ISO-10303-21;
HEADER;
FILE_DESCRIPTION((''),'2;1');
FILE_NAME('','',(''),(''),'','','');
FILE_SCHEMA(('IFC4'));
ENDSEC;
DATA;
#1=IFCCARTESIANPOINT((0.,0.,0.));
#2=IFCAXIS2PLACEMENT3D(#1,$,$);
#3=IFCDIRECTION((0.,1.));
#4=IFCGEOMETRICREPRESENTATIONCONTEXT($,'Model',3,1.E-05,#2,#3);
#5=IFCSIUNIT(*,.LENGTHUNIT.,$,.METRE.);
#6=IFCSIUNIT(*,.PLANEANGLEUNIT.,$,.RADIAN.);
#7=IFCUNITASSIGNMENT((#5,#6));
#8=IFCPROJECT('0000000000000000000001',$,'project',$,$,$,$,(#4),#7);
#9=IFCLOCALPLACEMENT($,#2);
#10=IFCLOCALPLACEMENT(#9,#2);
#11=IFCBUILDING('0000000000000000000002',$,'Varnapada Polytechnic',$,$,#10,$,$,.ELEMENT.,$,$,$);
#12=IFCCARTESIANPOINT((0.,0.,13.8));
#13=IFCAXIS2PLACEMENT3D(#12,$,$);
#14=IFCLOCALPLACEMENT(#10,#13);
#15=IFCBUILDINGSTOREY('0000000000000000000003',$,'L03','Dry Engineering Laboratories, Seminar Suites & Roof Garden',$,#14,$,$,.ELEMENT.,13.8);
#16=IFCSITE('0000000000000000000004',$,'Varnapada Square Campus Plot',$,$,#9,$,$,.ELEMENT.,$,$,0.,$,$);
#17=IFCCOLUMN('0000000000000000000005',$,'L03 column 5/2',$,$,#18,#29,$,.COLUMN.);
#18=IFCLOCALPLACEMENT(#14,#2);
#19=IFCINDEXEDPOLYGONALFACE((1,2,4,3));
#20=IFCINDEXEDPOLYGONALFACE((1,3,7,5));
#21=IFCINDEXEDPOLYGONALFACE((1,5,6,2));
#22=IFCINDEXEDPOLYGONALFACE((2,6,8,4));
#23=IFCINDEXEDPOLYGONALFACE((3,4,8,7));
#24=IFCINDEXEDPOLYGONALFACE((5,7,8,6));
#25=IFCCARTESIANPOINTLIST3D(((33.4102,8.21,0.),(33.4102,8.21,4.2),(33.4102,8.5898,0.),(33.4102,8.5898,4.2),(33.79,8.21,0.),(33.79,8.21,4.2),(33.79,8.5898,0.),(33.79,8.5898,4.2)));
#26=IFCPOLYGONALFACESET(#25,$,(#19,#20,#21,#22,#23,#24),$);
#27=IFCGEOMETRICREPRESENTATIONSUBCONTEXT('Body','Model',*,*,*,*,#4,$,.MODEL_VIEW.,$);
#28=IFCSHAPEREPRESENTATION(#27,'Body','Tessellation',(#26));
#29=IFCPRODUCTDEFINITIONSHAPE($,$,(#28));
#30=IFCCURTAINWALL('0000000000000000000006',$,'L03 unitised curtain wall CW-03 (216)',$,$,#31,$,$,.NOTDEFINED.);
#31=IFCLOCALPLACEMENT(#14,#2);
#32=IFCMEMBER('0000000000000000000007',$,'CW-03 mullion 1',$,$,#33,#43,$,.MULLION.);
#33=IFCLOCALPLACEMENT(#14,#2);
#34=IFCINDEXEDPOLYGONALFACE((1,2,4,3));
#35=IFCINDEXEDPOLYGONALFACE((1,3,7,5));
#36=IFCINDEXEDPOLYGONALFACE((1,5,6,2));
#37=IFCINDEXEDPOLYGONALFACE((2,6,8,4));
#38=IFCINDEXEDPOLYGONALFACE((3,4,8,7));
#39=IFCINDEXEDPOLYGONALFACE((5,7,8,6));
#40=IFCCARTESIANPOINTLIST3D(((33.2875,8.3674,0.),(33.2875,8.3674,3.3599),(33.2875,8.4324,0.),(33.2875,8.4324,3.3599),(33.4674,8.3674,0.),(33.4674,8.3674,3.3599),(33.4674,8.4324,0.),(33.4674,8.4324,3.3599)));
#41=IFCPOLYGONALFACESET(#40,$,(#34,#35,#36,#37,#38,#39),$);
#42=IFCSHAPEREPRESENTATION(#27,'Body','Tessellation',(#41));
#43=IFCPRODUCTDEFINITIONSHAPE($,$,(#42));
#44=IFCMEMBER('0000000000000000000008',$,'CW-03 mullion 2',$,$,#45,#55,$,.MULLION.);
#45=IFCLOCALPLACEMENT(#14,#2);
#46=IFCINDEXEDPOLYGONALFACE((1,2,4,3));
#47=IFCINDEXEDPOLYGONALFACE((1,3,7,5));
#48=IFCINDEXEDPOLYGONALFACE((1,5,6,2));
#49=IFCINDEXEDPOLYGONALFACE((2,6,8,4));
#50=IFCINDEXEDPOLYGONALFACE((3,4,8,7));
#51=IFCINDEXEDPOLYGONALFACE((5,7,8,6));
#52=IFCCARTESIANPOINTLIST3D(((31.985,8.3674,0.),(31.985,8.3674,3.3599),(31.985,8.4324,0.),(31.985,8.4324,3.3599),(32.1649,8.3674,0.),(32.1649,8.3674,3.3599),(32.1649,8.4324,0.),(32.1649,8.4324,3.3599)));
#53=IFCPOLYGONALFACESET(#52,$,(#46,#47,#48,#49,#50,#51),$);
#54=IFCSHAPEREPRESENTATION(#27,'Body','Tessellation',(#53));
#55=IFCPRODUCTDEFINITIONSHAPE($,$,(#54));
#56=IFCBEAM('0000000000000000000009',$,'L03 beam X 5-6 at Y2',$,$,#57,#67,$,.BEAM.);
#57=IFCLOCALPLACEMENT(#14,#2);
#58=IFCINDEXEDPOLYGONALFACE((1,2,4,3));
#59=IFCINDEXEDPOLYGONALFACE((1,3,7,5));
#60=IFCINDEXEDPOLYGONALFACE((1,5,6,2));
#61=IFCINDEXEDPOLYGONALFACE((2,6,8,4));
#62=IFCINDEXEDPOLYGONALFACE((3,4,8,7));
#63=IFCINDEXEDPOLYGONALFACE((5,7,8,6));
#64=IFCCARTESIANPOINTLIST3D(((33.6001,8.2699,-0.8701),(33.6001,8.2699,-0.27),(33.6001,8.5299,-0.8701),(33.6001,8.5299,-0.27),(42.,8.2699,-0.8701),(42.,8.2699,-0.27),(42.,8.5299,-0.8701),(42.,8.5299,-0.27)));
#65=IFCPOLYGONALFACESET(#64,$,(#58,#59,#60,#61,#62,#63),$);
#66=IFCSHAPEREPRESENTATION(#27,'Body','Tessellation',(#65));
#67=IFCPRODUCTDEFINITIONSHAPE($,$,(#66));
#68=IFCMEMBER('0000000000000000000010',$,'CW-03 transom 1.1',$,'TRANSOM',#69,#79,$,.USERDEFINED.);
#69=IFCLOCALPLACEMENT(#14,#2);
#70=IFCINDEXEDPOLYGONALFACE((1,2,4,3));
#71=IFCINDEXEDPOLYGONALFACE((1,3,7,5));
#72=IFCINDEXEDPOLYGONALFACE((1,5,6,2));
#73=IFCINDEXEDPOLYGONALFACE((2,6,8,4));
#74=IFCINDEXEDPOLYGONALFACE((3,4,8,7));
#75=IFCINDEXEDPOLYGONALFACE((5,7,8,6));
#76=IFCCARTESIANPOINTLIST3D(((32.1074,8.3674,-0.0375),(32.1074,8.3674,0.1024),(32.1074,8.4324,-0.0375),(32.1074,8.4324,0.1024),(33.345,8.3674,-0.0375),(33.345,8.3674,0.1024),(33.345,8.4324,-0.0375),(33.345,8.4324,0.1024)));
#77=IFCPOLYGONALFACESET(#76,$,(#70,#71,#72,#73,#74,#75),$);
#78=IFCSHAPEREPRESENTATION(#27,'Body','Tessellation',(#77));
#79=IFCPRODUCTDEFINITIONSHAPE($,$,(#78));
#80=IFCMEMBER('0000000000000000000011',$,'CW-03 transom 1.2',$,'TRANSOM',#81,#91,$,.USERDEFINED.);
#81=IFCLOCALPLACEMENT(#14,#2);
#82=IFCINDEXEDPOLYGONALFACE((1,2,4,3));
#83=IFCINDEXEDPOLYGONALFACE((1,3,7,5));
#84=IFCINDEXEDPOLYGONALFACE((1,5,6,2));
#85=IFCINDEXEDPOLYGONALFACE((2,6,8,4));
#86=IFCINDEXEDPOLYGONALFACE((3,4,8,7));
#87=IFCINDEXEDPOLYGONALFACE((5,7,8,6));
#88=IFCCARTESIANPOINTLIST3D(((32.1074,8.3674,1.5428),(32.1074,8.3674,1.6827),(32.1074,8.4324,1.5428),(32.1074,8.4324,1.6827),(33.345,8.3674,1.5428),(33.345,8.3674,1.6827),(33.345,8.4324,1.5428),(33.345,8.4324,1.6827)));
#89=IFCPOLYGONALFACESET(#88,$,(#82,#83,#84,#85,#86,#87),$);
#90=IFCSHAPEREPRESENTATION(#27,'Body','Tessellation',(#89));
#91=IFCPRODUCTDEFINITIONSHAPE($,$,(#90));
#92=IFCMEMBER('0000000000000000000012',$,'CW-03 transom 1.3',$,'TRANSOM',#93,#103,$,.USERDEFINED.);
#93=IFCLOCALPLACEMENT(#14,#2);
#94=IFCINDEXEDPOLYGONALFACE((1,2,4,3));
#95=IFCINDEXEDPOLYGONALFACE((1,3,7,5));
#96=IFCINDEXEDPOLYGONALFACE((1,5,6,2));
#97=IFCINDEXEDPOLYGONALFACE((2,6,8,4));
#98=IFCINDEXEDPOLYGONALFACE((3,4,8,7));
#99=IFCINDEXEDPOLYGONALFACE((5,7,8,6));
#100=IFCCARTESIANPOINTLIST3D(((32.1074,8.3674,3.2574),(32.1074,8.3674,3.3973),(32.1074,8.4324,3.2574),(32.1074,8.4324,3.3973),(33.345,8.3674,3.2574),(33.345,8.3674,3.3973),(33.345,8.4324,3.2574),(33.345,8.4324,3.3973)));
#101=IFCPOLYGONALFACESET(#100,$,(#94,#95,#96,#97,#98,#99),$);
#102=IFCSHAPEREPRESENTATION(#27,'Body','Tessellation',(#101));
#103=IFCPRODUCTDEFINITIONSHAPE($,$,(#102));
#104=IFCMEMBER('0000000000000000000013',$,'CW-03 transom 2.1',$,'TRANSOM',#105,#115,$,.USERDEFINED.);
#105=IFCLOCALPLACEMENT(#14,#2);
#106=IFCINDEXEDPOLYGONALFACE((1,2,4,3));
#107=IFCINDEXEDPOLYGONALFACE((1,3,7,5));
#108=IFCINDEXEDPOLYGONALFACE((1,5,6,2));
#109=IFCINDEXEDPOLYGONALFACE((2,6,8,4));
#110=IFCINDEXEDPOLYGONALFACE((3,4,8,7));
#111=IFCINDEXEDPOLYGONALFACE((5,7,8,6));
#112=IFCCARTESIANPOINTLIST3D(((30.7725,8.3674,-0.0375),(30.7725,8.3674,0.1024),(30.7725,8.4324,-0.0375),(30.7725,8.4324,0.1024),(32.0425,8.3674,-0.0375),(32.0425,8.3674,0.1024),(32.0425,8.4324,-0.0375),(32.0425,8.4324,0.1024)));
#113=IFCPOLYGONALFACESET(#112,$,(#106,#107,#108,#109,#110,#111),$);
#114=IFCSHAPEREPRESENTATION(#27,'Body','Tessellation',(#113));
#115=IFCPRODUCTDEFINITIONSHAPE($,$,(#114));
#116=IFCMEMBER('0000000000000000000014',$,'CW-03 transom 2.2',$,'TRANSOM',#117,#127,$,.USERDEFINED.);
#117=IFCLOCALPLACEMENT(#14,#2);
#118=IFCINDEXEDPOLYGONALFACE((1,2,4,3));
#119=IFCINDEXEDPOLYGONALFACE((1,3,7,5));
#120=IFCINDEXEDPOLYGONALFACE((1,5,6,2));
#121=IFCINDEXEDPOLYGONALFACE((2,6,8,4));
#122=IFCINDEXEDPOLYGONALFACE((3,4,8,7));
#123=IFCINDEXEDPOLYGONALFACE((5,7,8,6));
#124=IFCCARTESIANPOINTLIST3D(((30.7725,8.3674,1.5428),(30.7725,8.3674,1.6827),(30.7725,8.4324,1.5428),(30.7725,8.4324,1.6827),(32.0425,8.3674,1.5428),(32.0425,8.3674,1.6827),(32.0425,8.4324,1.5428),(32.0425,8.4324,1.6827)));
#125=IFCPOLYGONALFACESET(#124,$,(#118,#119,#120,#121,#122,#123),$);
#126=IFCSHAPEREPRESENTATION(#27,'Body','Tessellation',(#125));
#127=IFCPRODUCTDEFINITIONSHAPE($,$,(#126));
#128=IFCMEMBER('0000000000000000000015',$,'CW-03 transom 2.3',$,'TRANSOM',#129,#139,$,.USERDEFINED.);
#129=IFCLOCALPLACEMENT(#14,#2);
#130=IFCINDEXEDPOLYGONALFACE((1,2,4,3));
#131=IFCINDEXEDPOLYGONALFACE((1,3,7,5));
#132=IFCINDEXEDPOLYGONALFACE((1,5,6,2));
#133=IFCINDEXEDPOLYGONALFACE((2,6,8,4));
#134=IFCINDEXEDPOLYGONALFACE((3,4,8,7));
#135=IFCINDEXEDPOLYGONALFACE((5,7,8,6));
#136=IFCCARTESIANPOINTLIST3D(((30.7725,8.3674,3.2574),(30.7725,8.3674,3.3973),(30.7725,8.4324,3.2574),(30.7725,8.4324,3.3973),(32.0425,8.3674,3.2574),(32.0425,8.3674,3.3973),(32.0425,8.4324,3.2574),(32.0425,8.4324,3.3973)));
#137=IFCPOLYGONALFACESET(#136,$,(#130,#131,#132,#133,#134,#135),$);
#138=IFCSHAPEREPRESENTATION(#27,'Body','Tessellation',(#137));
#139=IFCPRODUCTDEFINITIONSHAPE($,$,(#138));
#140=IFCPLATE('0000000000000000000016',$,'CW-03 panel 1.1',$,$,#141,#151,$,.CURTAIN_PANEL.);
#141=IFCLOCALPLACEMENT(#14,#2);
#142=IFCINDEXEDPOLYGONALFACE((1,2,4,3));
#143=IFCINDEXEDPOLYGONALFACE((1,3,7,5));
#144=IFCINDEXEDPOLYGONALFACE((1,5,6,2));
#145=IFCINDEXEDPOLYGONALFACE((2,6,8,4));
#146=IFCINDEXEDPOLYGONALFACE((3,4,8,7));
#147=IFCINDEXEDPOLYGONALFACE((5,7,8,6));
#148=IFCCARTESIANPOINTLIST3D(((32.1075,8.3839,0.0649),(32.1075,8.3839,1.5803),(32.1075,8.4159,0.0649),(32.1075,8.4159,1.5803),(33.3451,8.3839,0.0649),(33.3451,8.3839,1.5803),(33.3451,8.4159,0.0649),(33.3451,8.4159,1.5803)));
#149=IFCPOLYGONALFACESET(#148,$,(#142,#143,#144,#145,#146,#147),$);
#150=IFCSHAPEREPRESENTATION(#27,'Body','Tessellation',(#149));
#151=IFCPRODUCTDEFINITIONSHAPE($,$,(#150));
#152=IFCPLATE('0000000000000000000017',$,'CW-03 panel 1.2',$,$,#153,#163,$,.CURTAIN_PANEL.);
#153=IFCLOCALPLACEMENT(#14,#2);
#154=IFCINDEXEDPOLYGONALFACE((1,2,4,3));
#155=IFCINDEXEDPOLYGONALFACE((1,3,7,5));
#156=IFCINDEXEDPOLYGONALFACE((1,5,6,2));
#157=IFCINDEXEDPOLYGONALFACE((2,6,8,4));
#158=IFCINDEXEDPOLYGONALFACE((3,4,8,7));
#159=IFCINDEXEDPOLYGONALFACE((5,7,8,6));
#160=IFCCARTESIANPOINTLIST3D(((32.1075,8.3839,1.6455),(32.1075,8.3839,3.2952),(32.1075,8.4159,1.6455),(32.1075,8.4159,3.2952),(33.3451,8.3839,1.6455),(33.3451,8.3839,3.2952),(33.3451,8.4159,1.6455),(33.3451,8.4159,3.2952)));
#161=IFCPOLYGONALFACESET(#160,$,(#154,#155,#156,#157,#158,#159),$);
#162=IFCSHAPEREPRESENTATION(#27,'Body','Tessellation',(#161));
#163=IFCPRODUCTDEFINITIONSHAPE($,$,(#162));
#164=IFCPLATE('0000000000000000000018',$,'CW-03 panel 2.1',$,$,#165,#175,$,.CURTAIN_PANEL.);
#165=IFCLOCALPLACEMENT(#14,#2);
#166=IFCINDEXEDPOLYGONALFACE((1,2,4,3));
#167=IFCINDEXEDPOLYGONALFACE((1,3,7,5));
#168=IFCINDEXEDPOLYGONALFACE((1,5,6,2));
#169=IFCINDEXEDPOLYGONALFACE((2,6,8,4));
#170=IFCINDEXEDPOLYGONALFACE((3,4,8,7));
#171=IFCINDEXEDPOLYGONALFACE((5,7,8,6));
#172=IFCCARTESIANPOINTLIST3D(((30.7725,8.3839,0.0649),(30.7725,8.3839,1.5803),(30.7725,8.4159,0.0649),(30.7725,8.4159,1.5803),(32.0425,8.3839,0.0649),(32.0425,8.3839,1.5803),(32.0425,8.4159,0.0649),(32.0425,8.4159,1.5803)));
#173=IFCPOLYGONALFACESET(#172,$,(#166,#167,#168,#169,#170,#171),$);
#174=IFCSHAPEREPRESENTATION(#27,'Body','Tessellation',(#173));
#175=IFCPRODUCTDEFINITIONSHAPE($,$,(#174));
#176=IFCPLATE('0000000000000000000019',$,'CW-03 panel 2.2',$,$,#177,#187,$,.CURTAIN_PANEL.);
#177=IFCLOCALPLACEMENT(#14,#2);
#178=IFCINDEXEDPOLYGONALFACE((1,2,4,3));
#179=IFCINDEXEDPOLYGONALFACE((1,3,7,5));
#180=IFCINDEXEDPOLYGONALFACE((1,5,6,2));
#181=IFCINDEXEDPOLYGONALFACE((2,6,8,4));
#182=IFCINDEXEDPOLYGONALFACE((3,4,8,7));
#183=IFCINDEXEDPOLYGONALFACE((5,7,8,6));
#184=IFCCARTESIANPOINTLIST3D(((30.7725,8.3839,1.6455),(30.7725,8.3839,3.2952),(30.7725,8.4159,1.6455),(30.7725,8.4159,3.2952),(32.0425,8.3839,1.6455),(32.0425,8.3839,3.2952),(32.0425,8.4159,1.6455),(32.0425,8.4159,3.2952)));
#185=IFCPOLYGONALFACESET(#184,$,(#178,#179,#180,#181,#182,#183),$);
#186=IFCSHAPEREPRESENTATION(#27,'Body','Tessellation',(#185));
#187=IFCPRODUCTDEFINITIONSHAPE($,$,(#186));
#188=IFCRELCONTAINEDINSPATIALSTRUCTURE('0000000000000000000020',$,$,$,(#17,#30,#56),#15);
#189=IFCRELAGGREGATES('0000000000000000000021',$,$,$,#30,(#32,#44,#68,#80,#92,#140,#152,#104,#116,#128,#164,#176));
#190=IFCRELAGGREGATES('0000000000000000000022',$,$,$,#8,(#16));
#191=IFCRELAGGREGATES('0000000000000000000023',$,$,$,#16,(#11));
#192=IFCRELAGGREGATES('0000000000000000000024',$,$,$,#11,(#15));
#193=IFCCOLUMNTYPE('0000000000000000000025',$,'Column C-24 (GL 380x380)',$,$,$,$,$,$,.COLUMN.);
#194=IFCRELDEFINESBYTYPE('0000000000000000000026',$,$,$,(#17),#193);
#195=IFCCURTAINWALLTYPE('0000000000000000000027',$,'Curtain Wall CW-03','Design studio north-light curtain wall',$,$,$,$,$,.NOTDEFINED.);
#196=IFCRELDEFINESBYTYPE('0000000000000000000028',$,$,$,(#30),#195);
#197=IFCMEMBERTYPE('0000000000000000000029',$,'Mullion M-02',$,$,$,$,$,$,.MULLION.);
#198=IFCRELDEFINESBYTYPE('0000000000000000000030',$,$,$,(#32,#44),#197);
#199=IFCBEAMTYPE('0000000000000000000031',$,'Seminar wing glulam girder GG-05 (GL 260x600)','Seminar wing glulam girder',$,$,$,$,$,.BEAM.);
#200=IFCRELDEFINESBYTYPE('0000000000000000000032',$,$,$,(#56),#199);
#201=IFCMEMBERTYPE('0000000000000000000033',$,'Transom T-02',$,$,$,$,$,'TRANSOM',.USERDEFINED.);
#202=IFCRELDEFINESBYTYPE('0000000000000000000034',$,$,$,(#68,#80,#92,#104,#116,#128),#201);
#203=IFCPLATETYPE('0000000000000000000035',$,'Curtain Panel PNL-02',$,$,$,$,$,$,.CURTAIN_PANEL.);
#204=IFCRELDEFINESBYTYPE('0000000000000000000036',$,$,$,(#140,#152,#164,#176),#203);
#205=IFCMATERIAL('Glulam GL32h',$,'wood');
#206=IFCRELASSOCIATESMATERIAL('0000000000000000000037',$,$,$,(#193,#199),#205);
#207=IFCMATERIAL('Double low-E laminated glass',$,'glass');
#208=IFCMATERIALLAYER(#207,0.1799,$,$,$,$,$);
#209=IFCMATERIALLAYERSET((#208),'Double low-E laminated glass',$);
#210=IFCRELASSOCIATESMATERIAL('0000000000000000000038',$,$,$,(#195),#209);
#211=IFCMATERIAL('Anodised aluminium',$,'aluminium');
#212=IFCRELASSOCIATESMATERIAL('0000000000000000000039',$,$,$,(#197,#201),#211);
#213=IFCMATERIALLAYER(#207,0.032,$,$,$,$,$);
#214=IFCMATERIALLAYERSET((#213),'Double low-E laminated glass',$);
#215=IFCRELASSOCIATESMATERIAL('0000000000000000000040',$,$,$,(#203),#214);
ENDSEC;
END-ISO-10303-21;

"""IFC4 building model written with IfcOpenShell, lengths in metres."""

from ifc_helpers import new_model, si_unit, direction, frame, origin, origin_2d, place, context, subcontext, project, spatial, rectangle, extrude, material, layer, layer_set, material_profile, profile_set, type_object, element, aggregate, save


model = new_model("IFC4")

# Units and contexts
model_context = context("Model", 3, precision=1e-05, world=origin(), true_north=direction((0.0, 1.0)))
body_context = subcontext(model_context, "Body", "Model", "MODEL_VIEW")
ifc_project = project(units=[si_unit("LENGTHUNIT", "METRE"), si_unit("PLANEANGLEUNIT", "RADIAN")], contexts=[model_context])

# Site, building, storey
site_placement = place(None, origin())
site = spatial("IfcSite", under=ifc_project, at=site_placement, Name="Varnapada Square Campus Plot", CompositionType="ELEMENT", RefElevation=0.0)
building_placement = place(site_placement, origin())
building = spatial("IfcBuilding", under=site, at=building_placement, Name="Varnapada Polytechnic", CompositionType="ELEMENT")
storey_placement = place(building_placement, frame((0.0, 0.0, 13.8)))
storey = spatial("IfcBuildingStorey", under=building, at=storey_placement, Name="L03", Description="Dry Engineering Laboratories, Seminar Suites & Roof Garden", CompositionType="ELEMENT", Elevation=13.8)

# Column
ifc_material_1 = material(Name="Glulam GL32h", Category="wood")
ifc_material_profile_1 = material_profile(ifc_material_1, rectangle(XDim=0.3799, YDim=0.3799, at=origin_2d()), Name="GL 380x380")
ifc_profile_set_1 = profile_set([ifc_material_profile_1], Name="Glulam GL32h")
column_type = type_object("IfcColumnType", Name="Column C-24 (GL 380x380)", PredefinedType="COLUMN", material=ifc_profile_set_1)
column_placement = place(storey_placement, frame((33.6001, 8.3999, 0.0), z_axis=(0.0, 0.0, 1.0), x_axis=(1.0, 0.0, 0.0)))
element("IfcColumn", 1, at=column_placement, inside=storey, type_object=column_type, Name="L03 column 5/2", PredefinedType="COLUMN", context=body_context, shape_type="SweptSolid", body=[
    extrude(rectangle(XDim=0.3799, YDim=0.3799, at=origin_2d()), origin(), (0.0, 0.0, 1.0), 4.2),
])

# Curtain wall, members
ifc_material_2 = material(Name="Double low-E laminated glass", Category="glass")
ifc_layer_1 = layer(ifc_material_2, 0.1799)
ifc_layer_set_1 = layer_set([ifc_layer_1], Name="Double low-E laminated glass")
curtain_wall_type = type_object("IfcCurtainWallType", Name="Curtain Wall CW-03", Description="Design studio north-light curtain wall", PredefinedType="NOTDEFINED", material=ifc_layer_set_1)
curtain_wall_placement = place(storey_placement, origin())
curtain_wall = element("IfcCurtainWall", 2, at=curtain_wall_placement, inside=storey, type_object=curtain_wall_type, Name="L03 unitised curtain wall CW-03 (216)", PredefinedType="NOTDEFINED")
ifc_material_3 = material(Name="Anodised aluminium", Category="aluminium")
ifc_material_profile_2 = material_profile(ifc_material_3, rectangle(XDim=0.0649, YDim=0.1799, at=origin_2d()), Name="ALU M65x180")
ifc_profile_set_2 = profile_set([ifc_material_profile_2], Name="Anodised aluminium")
member_type_1 = type_object("IfcMemberType", Name="Mullion M-02", PredefinedType="MULLION", material=ifc_profile_set_2)
member_1_placement = place(storey_placement, frame((33.3774, 8.3999, 0.0), z_axis=(0.0, 0.0, 1.0), x_axis=(0.0, -1.0, 0.0)))
member_1 = element("IfcMember", 3, at=member_1_placement, type_object=member_type_1, Name="CW-03 mullion 1", PredefinedType="MULLION", context=body_context, shape_type="SweptSolid", body=[
    extrude(rectangle(XDim=0.0649, YDim=0.1799, at=origin_2d()), origin(), (0.0, 0.0, 1.0), 3.3599),
])
member_2_placement = place(storey_placement, frame((32.075, 8.3999, 0.0), z_axis=(0.0, 0.0, 1.0), x_axis=(0.0, -1.0, 0.0)))
member_2 = element("IfcMember", 4, at=member_2_placement, type_object=member_type_1, Name="CW-03 mullion 2", PredefinedType="MULLION", context=body_context, shape_type="SweptSolid", body=[
    extrude(rectangle(XDim=0.0649, YDim=0.1799, at=origin_2d()), origin(), (0.0, 0.0, 1.0), 3.3599),
])

# Beam
ifc_material_profile_3 = material_profile(ifc_material_1, rectangle(XDim=0.26, YDim=0.6001, at=origin_2d()), Name="GL 260x600")
ifc_profile_set_3 = profile_set([ifc_material_profile_3], Name="Glulam GL32h")
beam_type = type_object("IfcBeamType", Name="Seminar wing glulam girder GG-05 (GL 260x600)", Description="Seminar wing glulam girder", PredefinedType="BEAM", material=ifc_profile_set_3)
beam_placement = place(storey_placement, frame((33.6001, 8.3999, -0.5701), z_axis=(1.0, 0.0, 0.0), x_axis=(0.0, 1.0, 0.0)))
element("IfcBeam", 5, at=beam_placement, inside=storey, type_object=beam_type, Name="L03 beam X 5-6 at Y2", PredefinedType="BEAM", context=body_context, shape_type="SweptSolid", body=[
    extrude(rectangle(XDim=0.26, YDim=0.6001, at=origin_2d()), origin(), (0.0, 0.0, 1.0), 8.3999),
])

# Members
ifc_material_profile_4 = material_profile(ifc_material_3, rectangle(XDim=0.0649, YDim=0.1399, at=origin_2d()), Name="ALU T65x140")
ifc_profile_set_4 = profile_set([ifc_material_profile_4], Name="Anodised aluminium")
member_type_2 = type_object("IfcMemberType", Name="Transom T-02", ElementType="TRANSOM", PredefinedType="USERDEFINED", material=ifc_profile_set_4)
member_3_placement = place(storey_placement, frame((33.345, 8.3999, 0.0325), z_axis=(-1.0, 0.0, 0.0), x_axis=(0.0, -1.0, 0.0)))
member_3 = element("IfcMember", 6, at=member_3_placement, type_object=member_type_2, Name="CW-03 transom 1.1", ObjectType="TRANSOM", PredefinedType="USERDEFINED", context=body_context, shape_type="SweptSolid", body=[
    extrude(rectangle(XDim=0.0649, YDim=0.1399, at=origin_2d()), origin(), (0.0, 0.0, 1.0), 1.2375),
])
member_4_placement = place(storey_placement, frame((33.345, 8.3999, 1.6128), z_axis=(-1.0, 0.0, 0.0), x_axis=(0.0, -1.0, 0.0)))
member_4 = element("IfcMember", 7, at=member_4_placement, type_object=member_type_2, Name="CW-03 transom 1.2", ObjectType="TRANSOM", PredefinedType="USERDEFINED", context=body_context, shape_type="SweptSolid", body=[
    extrude(rectangle(XDim=0.0649, YDim=0.1399, at=origin_2d()), origin(), (0.0, 0.0, 1.0), 1.2375),
])
member_5_placement = place(storey_placement, frame((33.345, 8.3999, 3.3274), z_axis=(-1.0, 0.0, 0.0), x_axis=(0.0, -1.0, 0.0)))
member_5 = element("IfcMember", 8, at=member_5_placement, type_object=member_type_2, Name="CW-03 transom 1.3", ObjectType="TRANSOM", PredefinedType="USERDEFINED", context=body_context, shape_type="SweptSolid", body=[
    extrude(rectangle(XDim=0.0649, YDim=0.1399, at=origin_2d()), origin(), (0.0, 0.0, 1.0), 1.2375),
])
member_6_placement = place(storey_placement, frame((32.0425, 8.3999, 0.0325), z_axis=(-1.0, 0.0, 0.0), x_axis=(0.0, -1.0, 0.0)))
member_6 = element("IfcMember", 9, at=member_6_placement, type_object=member_type_2, Name="CW-03 transom 2.1", ObjectType="TRANSOM", PredefinedType="USERDEFINED", context=body_context, shape_type="SweptSolid", body=[
    extrude(rectangle(XDim=0.0649, YDim=0.1399, at=origin_2d()), origin(), (0.0, 0.0, 1.0), 1.27),
])
member_7_placement = place(storey_placement, frame((32.0425, 8.3999, 1.6128), z_axis=(-1.0, 0.0, 0.0), x_axis=(0.0, -1.0, 0.0)))
member_7 = element("IfcMember", 10, at=member_7_placement, type_object=member_type_2, Name="CW-03 transom 2.2", ObjectType="TRANSOM", PredefinedType="USERDEFINED", context=body_context, shape_type="SweptSolid", body=[
    extrude(rectangle(XDim=0.0649, YDim=0.1399, at=origin_2d()), origin(), (0.0, 0.0, 1.0), 1.27),
])
member_8_placement = place(storey_placement, frame((32.0425, 8.3999, 3.3274), z_axis=(-1.0, 0.0, 0.0), x_axis=(0.0, -1.0, 0.0)))
member_8 = element("IfcMember", 11, at=member_8_placement, type_object=member_type_2, Name="CW-03 transom 2.3", ObjectType="TRANSOM", PredefinedType="USERDEFINED", context=body_context, shape_type="SweptSolid", body=[
    extrude(rectangle(XDim=0.0649, YDim=0.1399, at=origin_2d()), origin(), (0.0, 0.0, 1.0), 1.27),
])

# Plates
ifc_layer_2 = layer(ifc_material_2, 0.032)
ifc_layer_set_2 = layer_set([ifc_layer_2], Name="Double low-E laminated glass")
plate_type = type_object("IfcPlateType", Name="Curtain Panel PNL-02", PredefinedType="CURTAIN_PANEL", material=ifc_layer_set_2)
plate_1_placement = place(storey_placement, frame((32.7263, 8.3999, 0.0649), z_axis=(0.0, 0.0, 1.0), x_axis=(-1.0, 0.0, 0.0)))
plate_1 = element("IfcPlate", 12, at=plate_1_placement, type_object=plate_type, Name="CW-03 panel 1.1", PredefinedType="CURTAIN_PANEL", context=body_context, shape_type="SweptSolid", body=[
    extrude(rectangle(XDim=1.2375, YDim=0.032, at=origin_2d()), origin(), (0.0, 0.0, 1.0), 1.5154),
])
plate_2_placement = place(storey_placement, frame((32.7263, 8.3999, 1.6455), z_axis=(0.0, 0.0, 1.0), x_axis=(-1.0, 0.0, 0.0)))
plate_2 = element("IfcPlate", 13, at=plate_2_placement, type_object=plate_type, Name="CW-03 panel 1.2", PredefinedType="CURTAIN_PANEL", context=body_context, shape_type="SweptSolid", body=[
    extrude(rectangle(XDim=1.2375, YDim=0.032, at=origin_2d()), origin(), (0.0, 0.0, 1.0), 1.6497),
])
plate_3_placement = place(storey_placement, frame((31.4075, 8.3999, 0.0649), z_axis=(0.0, 0.0, 1.0), x_axis=(-1.0, 0.0, 0.0)))
plate_3 = element("IfcPlate", 14, at=plate_3_placement, type_object=plate_type, Name="CW-03 panel 2.1", PredefinedType="CURTAIN_PANEL", context=body_context, shape_type="SweptSolid", body=[
    extrude(rectangle(XDim=1.27, YDim=0.032, at=origin_2d()), origin(), (0.0, 0.0, 1.0), 1.5154),
])
plate_4_placement = place(storey_placement, frame((31.4075, 8.3999, 1.6455), z_axis=(0.0, 0.0, 1.0), x_axis=(-1.0, 0.0, 0.0)))
plate_4 = element("IfcPlate", 15, at=plate_4_placement, type_object=plate_type, Name="CW-03 panel 2.2", PredefinedType="CURTAIN_PANEL", context=body_context, shape_type="SweptSolid", body=[
    extrude(rectangle(XDim=1.27, YDim=0.032, at=origin_2d()), origin(), (0.0, 0.0, 1.0), 1.6497),
])
aggregate(curtain_wall, [member_1, member_2, member_3, member_4, member_5, plate_1, plate_2, member_6, member_7, member_8, plate_3, plate_4])

save(model, "model.ifc")
